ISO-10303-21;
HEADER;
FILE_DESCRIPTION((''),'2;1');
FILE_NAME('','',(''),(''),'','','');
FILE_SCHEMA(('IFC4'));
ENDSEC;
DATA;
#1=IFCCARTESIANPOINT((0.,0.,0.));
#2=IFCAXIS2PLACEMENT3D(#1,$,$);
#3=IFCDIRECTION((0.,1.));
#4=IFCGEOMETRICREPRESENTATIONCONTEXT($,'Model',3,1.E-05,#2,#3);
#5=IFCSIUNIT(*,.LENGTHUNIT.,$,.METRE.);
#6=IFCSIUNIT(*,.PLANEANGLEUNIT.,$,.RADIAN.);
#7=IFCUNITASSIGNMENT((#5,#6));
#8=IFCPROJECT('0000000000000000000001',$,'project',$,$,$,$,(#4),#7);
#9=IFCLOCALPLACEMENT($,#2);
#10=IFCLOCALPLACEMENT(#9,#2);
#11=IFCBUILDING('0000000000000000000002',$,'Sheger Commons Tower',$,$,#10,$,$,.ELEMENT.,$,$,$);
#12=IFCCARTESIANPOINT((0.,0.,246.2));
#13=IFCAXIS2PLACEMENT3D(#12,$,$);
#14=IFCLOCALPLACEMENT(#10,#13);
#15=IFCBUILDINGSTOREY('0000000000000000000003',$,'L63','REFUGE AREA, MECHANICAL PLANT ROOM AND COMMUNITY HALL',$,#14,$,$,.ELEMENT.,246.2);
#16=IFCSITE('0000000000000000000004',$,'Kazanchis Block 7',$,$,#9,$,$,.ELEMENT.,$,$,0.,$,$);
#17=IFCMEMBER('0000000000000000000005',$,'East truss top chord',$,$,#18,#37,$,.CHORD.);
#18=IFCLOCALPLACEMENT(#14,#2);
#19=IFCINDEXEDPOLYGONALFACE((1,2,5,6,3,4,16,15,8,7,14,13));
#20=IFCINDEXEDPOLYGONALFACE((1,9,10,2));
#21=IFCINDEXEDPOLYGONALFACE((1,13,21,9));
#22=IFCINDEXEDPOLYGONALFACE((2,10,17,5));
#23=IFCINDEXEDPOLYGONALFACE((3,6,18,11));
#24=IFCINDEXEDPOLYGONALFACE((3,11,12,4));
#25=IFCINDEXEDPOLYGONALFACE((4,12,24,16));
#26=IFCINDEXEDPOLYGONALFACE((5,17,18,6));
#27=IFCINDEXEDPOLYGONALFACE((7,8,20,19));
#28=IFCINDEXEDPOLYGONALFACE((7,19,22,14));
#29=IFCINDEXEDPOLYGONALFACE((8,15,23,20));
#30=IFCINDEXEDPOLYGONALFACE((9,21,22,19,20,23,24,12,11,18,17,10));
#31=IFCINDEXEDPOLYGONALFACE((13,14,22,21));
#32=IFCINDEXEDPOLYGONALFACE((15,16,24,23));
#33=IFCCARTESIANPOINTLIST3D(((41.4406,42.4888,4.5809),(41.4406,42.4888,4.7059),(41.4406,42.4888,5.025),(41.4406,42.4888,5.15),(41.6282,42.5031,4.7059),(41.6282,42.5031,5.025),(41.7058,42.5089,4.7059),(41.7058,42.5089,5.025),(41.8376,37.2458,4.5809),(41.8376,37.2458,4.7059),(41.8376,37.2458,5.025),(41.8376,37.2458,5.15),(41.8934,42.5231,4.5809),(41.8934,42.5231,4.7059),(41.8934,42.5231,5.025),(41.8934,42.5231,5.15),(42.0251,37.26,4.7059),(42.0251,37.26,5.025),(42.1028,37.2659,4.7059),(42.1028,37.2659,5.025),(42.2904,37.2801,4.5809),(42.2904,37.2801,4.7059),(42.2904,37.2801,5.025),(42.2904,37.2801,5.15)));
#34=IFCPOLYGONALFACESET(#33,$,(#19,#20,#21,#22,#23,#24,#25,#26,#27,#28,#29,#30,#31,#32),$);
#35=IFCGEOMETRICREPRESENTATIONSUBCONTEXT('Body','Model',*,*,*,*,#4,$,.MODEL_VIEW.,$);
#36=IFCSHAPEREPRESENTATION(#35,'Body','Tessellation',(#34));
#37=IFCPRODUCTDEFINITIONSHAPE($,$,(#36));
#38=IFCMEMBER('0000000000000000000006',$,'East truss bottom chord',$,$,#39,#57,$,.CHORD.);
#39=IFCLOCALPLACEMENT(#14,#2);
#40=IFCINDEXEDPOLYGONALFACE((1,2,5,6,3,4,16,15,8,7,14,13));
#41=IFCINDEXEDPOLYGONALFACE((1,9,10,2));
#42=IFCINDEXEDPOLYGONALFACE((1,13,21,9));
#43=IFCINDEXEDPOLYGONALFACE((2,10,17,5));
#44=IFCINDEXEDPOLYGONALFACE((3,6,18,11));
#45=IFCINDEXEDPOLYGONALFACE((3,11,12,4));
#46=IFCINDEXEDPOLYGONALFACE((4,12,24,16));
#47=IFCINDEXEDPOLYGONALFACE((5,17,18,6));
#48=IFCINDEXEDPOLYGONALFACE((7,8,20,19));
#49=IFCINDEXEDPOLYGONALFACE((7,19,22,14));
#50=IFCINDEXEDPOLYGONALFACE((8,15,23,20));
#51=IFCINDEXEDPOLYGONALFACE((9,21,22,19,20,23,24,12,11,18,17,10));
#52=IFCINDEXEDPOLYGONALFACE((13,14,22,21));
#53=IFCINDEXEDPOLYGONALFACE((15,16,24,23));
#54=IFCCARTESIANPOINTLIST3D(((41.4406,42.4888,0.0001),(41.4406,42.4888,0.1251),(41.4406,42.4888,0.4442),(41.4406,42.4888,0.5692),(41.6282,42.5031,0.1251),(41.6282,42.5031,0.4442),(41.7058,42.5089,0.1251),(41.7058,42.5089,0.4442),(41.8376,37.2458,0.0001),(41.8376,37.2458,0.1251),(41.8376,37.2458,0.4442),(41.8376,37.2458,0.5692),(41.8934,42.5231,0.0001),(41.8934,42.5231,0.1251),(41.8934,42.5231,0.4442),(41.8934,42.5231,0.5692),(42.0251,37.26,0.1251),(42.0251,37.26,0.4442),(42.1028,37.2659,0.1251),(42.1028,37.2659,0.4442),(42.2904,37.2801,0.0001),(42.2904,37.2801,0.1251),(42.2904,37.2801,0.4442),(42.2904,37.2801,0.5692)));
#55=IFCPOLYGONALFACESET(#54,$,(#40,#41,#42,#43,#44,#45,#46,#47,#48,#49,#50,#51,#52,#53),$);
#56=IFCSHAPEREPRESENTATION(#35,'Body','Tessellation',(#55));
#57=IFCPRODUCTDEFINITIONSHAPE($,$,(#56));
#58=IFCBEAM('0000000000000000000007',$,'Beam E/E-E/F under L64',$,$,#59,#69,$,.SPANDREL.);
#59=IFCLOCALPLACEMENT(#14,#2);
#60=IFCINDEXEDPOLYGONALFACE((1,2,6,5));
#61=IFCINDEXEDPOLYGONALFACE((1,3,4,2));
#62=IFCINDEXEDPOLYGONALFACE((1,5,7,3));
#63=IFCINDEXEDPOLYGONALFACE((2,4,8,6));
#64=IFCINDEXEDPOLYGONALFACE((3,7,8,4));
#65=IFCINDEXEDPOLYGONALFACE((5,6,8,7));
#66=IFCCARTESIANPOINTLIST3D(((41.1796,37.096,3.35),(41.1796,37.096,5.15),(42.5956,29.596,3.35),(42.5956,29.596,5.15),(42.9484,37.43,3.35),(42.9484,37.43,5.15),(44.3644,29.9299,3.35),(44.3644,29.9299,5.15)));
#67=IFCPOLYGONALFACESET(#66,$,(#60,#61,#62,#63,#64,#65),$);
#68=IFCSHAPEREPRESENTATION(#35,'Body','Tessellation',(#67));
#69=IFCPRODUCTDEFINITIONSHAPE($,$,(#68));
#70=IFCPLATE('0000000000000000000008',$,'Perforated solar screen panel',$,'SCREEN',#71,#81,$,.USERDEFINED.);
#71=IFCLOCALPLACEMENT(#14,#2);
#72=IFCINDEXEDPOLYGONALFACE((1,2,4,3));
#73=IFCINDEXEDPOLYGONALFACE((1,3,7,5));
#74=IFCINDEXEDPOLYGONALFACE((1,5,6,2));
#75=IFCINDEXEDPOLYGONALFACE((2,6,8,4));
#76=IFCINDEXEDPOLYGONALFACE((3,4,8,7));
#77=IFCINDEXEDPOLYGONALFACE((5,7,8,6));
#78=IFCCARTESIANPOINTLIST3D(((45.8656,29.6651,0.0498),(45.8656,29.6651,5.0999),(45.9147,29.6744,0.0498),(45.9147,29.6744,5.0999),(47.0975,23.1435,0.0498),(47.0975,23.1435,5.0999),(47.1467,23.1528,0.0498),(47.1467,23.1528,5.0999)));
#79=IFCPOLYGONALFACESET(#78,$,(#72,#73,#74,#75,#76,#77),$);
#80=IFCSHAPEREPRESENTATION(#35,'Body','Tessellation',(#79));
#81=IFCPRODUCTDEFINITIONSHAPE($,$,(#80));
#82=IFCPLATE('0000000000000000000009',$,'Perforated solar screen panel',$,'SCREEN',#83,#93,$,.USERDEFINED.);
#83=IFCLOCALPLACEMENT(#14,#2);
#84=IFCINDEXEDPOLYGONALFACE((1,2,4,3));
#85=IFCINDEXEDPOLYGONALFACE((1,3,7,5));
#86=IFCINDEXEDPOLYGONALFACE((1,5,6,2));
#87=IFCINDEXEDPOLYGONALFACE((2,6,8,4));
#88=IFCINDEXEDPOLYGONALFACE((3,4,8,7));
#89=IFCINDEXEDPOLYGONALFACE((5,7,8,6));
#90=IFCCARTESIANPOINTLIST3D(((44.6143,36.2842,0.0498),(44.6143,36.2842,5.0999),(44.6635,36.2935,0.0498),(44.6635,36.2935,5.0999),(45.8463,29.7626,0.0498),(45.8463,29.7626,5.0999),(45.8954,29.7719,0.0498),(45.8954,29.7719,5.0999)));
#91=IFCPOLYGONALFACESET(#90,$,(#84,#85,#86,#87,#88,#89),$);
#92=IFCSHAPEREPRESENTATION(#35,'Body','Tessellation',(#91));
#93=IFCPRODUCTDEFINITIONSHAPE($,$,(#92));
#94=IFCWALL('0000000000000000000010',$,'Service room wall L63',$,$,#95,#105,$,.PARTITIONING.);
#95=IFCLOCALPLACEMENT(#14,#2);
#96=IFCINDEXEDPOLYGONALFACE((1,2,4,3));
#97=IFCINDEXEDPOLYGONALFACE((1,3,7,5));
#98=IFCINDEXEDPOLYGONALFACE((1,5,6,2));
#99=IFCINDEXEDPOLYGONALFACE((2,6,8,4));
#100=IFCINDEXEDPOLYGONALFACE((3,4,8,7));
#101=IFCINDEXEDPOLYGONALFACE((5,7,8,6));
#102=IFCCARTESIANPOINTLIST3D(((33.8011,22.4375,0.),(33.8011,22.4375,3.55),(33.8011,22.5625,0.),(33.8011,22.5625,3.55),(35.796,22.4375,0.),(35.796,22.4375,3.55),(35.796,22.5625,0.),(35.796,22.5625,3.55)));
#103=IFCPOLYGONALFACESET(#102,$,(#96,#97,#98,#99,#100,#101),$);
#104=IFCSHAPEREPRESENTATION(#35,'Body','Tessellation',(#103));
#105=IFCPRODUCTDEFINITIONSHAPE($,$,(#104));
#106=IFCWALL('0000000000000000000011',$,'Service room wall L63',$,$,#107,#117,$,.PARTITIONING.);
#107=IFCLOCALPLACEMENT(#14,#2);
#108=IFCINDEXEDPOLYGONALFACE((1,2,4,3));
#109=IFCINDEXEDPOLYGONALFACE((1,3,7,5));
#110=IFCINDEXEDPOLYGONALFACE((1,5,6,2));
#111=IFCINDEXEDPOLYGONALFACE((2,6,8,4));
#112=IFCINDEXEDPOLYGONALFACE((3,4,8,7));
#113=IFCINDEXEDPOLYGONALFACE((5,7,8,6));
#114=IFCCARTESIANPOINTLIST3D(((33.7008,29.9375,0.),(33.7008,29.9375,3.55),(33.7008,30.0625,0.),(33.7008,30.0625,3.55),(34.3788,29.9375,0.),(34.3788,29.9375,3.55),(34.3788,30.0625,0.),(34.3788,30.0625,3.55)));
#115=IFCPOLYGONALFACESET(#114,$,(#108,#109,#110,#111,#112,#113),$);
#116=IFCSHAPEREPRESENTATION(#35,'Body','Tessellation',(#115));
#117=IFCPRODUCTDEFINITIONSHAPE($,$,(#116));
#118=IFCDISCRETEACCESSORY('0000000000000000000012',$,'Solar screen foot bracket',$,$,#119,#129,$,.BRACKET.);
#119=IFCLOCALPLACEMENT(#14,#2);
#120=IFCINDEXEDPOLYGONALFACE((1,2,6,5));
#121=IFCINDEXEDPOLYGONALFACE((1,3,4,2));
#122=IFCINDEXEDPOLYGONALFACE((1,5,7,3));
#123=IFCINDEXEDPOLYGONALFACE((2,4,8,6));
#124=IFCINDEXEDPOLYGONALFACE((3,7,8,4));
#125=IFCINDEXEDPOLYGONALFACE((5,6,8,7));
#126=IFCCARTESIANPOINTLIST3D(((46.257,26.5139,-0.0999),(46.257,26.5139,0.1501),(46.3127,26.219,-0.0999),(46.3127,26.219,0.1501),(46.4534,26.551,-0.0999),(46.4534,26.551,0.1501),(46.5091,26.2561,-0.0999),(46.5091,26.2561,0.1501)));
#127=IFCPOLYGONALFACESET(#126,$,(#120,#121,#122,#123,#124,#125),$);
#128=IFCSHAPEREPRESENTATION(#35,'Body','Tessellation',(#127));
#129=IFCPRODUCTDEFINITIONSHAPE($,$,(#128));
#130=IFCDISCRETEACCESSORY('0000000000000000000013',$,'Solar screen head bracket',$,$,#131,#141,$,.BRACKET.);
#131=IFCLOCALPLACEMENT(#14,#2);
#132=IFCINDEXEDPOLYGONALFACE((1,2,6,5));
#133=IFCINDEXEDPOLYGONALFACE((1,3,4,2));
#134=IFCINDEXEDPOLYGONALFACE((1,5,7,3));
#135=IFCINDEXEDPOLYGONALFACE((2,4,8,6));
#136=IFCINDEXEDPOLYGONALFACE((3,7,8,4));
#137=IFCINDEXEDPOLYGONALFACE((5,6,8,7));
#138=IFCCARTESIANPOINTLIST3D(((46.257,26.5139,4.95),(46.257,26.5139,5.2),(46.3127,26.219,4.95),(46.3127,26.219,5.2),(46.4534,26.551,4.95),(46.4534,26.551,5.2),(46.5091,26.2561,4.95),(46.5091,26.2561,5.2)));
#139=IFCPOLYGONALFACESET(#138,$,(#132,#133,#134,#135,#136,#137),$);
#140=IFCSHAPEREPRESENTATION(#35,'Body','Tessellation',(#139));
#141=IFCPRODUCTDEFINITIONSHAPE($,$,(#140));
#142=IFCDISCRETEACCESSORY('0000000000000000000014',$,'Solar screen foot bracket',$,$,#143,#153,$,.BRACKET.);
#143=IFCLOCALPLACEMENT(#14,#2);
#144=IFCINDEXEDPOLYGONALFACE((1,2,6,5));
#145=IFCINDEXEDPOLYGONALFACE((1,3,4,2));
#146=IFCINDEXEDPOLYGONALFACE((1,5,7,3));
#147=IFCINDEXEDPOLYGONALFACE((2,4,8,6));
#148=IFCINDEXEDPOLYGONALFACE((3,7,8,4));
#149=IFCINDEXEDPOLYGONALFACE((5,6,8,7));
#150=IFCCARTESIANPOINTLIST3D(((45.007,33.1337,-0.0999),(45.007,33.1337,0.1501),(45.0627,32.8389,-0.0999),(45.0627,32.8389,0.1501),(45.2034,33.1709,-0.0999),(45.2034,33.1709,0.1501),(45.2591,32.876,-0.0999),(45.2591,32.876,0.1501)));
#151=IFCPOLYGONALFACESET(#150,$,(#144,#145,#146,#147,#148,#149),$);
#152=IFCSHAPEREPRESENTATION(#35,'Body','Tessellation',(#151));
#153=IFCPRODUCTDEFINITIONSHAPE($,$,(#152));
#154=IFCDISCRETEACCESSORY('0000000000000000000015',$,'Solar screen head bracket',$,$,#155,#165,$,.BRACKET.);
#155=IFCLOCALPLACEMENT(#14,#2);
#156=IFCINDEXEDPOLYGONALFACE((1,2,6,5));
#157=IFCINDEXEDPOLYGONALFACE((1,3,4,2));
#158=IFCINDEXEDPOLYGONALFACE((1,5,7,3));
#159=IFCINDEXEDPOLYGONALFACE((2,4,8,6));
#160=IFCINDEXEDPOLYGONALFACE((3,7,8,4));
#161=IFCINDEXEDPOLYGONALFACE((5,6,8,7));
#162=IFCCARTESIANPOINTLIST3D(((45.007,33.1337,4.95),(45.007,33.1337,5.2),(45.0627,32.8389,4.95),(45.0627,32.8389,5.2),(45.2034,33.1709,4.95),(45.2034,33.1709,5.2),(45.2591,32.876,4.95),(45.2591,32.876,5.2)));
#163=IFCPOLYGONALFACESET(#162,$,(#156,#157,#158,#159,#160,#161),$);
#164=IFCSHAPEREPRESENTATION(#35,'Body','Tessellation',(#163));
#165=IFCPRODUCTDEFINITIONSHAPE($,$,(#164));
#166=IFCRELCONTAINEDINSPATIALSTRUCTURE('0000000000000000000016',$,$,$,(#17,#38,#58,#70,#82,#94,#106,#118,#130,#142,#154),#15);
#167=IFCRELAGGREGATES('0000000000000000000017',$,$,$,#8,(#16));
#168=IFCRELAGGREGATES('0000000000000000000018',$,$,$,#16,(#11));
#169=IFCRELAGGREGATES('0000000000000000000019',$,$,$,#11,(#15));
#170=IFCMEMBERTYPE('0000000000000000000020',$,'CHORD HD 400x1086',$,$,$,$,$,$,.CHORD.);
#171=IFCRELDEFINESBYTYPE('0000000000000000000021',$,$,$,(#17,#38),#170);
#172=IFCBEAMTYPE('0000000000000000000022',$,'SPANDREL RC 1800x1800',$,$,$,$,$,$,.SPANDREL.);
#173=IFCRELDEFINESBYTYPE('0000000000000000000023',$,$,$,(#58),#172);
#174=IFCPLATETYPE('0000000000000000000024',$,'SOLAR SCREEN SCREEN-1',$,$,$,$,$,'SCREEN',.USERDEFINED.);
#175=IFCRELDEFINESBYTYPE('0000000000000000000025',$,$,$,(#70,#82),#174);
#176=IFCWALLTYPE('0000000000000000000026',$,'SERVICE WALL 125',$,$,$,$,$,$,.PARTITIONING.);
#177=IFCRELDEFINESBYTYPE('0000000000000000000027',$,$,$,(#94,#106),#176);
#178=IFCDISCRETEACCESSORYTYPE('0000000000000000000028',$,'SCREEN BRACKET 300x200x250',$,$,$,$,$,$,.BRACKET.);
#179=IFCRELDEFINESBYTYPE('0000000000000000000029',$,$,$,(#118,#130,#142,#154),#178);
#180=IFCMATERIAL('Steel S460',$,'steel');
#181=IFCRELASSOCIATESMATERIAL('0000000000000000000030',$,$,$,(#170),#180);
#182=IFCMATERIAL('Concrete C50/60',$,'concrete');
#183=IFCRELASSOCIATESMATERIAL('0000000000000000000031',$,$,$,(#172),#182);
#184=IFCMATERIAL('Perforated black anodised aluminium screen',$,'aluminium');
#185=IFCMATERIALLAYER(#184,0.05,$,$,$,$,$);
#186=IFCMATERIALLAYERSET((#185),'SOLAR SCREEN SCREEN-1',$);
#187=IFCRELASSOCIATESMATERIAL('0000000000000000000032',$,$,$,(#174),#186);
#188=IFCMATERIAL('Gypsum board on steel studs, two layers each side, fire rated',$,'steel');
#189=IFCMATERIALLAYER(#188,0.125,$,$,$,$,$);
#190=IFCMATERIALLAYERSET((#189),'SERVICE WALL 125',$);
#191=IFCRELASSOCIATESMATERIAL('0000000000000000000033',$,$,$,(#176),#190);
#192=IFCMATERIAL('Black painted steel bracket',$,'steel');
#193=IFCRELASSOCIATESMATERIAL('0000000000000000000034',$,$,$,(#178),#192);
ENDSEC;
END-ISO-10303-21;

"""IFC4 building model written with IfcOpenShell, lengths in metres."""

from ifc_helpers import new_model, si_unit, direction, frame, frame_2d, origin, origin_2d, place, context, subcontext, project, spatial, rectangle, i_section, extrude, material, layer, layer_set, material_profile, profile_set, type_object, element, save


model = new_model("IFC4")

# Units and contexts
model_context = context("Model", 3, precision=1e-05, world=origin(), true_north=direction((0.0, 1.0)))
body_context = subcontext(model_context, "Body", "Model", "MODEL_VIEW")
ifc_project = project(units=[si_unit("LENGTHUNIT", "METRE"), si_unit("PLANEANGLEUNIT", "RADIAN")], contexts=[model_context])

# Site, building, storey
site_placement = place(None, origin())
site = spatial("IfcSite", under=ifc_project, at=site_placement, Name="Kazanchis Block 7", CompositionType="ELEMENT", RefElevation=0.0)
building_placement = place(site_placement, origin())
building = spatial("IfcBuilding", under=site, at=building_placement, Name="Sheger Commons Tower", CompositionType="ELEMENT")
storey_placement = place(building_placement, frame((0.0, 0.0, 246.2)))
storey = spatial("IfcBuildingStorey", under=building, at=storey_placement, Name="L63", Description="REFUGE AREA, MECHANICAL PLANT ROOM AND COMMUNITY HALL", CompositionType="ELEMENT", Elevation=246.2)

# Members
ifc_material_1 = material(Name="Steel S460", Category="steel")
ifc_material_profile_1 = material_profile(ifc_material_1, i_section(OverallWidth=0.4541, OverallDepth=0.5691, WebThickness=0.0779, FlangeThickness=0.125, at=origin_2d()), Name="HD 400x1086")
ifc_profile_set_1 = profile_set([ifc_material_profile_1], Name="Steel S460")
member_type_1 = type_object("IfcMemberType", Name="CHORD HD 400x1086", PredefinedType="CHORD", material=ifc_profile_set_1)
for number, where, z_axis, x_axis, name in (
    (1, (42.064, 37.2629, 4.8655), (-0.075496, 0.997146, 0.0), (-0.997146, -0.075496, 0.0), "East truss top chord"),
    (2, (42.064, 37.2629, 0.2847), (-0.075496, 0.997146, 0.0), (-0.997146, -0.075496, 0.0), "East truss bottom chord"),
):
    element("IfcMember", number, at=place(storey_placement, frame(where, z_axis=z_axis, x_axis=x_axis)), inside=storey, type_object=member_type_1, Name=name, PredefinedType="CHORD", context=body_context, shape_type="SweptSolid", body=[
        extrude(i_section(OverallWidth=0.4541, OverallDepth=0.5691, WebThickness=0.0779, FlangeThickness=0.125, at=origin_2d()), origin(), (0.0, 0.0, 1.0), 5.2581),
    ])

# Beam
ifc_material_2 = material(Name="Concrete C50/60", Category="concrete")
ifc_material_profile_2 = material_profile(ifc_material_2, rectangle(XDim=1.8, YDim=1.8, at=origin_2d()), Name="RC 1800x1800")
ifc_profile_set_2 = profile_set([ifc_material_profile_2], Name="Concrete C50/60")
beam_type_1 = type_object("IfcBeamType", Name="SPANDREL RC 1800x1800", PredefinedType="SPANDREL", material=ifc_profile_set_2)
beam_1_placement = place(storey_placement, frame((43.48, 29.7629, 4.25), z_axis=(-0.185524, 0.98264, 0.0), x_axis=(-0.98264, -0.185524, 0.0)))
element("IfcBeam", 3, at=beam_1_placement, inside=storey, type_object=beam_type_1, Name="Beam E/E-E/F under L64", PredefinedType="SPANDREL", context=body_context, shape_type="SweptSolid", body=[
    extrude(rectangle(XDim=1.8, YDim=1.8, at=origin_2d()), origin(), (0.0, 0.0, 1.0), 7.6326),
])

# Plates
ifc_material_3 = material(Name="Perforated black anodised aluminium screen", Category="aluminium")
ifc_layer_1 = layer(ifc_material_3, 0.05)
ifc_layer_set_1 = layer_set([ifc_layer_1], Name="SOLAR SCREEN SCREEN-1")
plate_type = type_object("IfcPlateType", Name="SOLAR SCREEN SCREEN-1", ElementType="SCREEN", PredefinedType="USERDEFINED", material=ifc_layer_set_1)
for number, where, z_axis, x_axis, name in (
    (4, (46.5061, 26.4089, 0.0498), (0.0, 0.0, 1.0), (-0.185615, 0.982623, 0.0), "Perforated solar screen panel"),
    (5, (45.2549, 33.0281, 0.0498), (0.0, 0.0, 1.0), (-0.185615, 0.982623, 0.0), "Perforated solar screen panel"),
):
    element("IfcPlate", number, at=place(storey_placement, frame(where, z_axis=z_axis, x_axis=x_axis)), inside=storey, type_object=plate_type, Name=name, ObjectType="SCREEN", PredefinedType="USERDEFINED", context=body_context, shape_type="SweptSolid", body=[
        extrude(rectangle(XDim=6.637, YDim=0.05, at=origin_2d()), origin(), (0.0, 0.0, 1.0), 5.05),
    ])

# Walls
ifc_material_4 = material(Name="Gypsum board on steel studs, two layers each side, fire rated", Category="steel")
ifc_layer_2 = layer(ifc_material_4, 0.125)
ifc_layer_set_2 = layer_set([ifc_layer_2], Name="SERVICE WALL 125")
wall_type = type_object("IfcWallType", Name="SERVICE WALL 125", PredefinedType="PARTITIONING", material=ifc_layer_set_2)
wall_1_placement = place(storey_placement, frame((33.801, 22.5, 0.0), z_axis=(0.0, 0.0, 1.0), x_axis=(1.0, 0.0, 0.0)))
element("IfcWall", 6, at=wall_1_placement, inside=storey, type_object=wall_type, Name="Service room wall L63", PredefinedType="PARTITIONING", context=body_context, shape_type="SweptSolid", body=[
    extrude(rectangle(XDim=1.9949, YDim=0.125, at=frame_2d((0.9976, 0.0))), origin(), (0.0, 0.0, 1.0), 3.55),
])
wall_2_placement = place(storey_placement, frame((33.7009, 30.0, 0.0), z_axis=(0.0, 0.0, 1.0), x_axis=(1.0, 0.0, 0.0)))
element("IfcWall", 7, at=wall_2_placement, inside=storey, type_object=wall_type, Name="Service room wall L63", PredefinedType="PARTITIONING", context=body_context, shape_type="SweptSolid", body=[
    extrude(rectangle(XDim=0.678, YDim=0.125, at=frame_2d((0.3389, 0.0))), origin(), (0.0, 0.0, 1.0), 3.55),
])

# Discrete accessories
ifc_material_5 = material(Name="Black painted steel bracket", Category="steel")
discrete_accessory_type = type_object("IfcDiscreteAccessoryType", Name="SCREEN BRACKET 300x200x250", PredefinedType="BRACKET", material=ifc_material_5)
for number, where, z_axis, x_axis, name in (
    (8, (46.3831, 26.385, -0.0999), (0.0, 0.0, 1.0), (-0.185615, 0.982623, 0.0), "Solar screen foot bracket"),
    (9, (46.3831, 26.385, 4.95), (0.0, 0.0, 1.0), (-0.185615, 0.982623, 0.0), "Solar screen head bracket"),
    (10, (45.1331, 33.0049, -0.0999), (0.0, 0.0, 1.0), (-0.185615, 0.982623, 0.0), "Solar screen foot bracket"),
    (11, (45.1331, 33.0049, 4.95), (0.0, 0.0, 1.0), (-0.185615, 0.982623, 0.0), "Solar screen head bracket"),
):
    element("IfcDiscreteAccessory", number, at=place(storey_placement, frame(where, z_axis=z_axis, x_axis=x_axis)), inside=storey, type_object=discrete_accessory_type, Name=name, PredefinedType="BRACKET", context=body_context, shape_type="SweptSolid", body=[
        extrude(rectangle(XDim=0.3, YDim=0.2, at=origin_2d()), origin(), (0.0, 0.0, 1.0), 0.25),
    ])

save(model, "model.ifc")
